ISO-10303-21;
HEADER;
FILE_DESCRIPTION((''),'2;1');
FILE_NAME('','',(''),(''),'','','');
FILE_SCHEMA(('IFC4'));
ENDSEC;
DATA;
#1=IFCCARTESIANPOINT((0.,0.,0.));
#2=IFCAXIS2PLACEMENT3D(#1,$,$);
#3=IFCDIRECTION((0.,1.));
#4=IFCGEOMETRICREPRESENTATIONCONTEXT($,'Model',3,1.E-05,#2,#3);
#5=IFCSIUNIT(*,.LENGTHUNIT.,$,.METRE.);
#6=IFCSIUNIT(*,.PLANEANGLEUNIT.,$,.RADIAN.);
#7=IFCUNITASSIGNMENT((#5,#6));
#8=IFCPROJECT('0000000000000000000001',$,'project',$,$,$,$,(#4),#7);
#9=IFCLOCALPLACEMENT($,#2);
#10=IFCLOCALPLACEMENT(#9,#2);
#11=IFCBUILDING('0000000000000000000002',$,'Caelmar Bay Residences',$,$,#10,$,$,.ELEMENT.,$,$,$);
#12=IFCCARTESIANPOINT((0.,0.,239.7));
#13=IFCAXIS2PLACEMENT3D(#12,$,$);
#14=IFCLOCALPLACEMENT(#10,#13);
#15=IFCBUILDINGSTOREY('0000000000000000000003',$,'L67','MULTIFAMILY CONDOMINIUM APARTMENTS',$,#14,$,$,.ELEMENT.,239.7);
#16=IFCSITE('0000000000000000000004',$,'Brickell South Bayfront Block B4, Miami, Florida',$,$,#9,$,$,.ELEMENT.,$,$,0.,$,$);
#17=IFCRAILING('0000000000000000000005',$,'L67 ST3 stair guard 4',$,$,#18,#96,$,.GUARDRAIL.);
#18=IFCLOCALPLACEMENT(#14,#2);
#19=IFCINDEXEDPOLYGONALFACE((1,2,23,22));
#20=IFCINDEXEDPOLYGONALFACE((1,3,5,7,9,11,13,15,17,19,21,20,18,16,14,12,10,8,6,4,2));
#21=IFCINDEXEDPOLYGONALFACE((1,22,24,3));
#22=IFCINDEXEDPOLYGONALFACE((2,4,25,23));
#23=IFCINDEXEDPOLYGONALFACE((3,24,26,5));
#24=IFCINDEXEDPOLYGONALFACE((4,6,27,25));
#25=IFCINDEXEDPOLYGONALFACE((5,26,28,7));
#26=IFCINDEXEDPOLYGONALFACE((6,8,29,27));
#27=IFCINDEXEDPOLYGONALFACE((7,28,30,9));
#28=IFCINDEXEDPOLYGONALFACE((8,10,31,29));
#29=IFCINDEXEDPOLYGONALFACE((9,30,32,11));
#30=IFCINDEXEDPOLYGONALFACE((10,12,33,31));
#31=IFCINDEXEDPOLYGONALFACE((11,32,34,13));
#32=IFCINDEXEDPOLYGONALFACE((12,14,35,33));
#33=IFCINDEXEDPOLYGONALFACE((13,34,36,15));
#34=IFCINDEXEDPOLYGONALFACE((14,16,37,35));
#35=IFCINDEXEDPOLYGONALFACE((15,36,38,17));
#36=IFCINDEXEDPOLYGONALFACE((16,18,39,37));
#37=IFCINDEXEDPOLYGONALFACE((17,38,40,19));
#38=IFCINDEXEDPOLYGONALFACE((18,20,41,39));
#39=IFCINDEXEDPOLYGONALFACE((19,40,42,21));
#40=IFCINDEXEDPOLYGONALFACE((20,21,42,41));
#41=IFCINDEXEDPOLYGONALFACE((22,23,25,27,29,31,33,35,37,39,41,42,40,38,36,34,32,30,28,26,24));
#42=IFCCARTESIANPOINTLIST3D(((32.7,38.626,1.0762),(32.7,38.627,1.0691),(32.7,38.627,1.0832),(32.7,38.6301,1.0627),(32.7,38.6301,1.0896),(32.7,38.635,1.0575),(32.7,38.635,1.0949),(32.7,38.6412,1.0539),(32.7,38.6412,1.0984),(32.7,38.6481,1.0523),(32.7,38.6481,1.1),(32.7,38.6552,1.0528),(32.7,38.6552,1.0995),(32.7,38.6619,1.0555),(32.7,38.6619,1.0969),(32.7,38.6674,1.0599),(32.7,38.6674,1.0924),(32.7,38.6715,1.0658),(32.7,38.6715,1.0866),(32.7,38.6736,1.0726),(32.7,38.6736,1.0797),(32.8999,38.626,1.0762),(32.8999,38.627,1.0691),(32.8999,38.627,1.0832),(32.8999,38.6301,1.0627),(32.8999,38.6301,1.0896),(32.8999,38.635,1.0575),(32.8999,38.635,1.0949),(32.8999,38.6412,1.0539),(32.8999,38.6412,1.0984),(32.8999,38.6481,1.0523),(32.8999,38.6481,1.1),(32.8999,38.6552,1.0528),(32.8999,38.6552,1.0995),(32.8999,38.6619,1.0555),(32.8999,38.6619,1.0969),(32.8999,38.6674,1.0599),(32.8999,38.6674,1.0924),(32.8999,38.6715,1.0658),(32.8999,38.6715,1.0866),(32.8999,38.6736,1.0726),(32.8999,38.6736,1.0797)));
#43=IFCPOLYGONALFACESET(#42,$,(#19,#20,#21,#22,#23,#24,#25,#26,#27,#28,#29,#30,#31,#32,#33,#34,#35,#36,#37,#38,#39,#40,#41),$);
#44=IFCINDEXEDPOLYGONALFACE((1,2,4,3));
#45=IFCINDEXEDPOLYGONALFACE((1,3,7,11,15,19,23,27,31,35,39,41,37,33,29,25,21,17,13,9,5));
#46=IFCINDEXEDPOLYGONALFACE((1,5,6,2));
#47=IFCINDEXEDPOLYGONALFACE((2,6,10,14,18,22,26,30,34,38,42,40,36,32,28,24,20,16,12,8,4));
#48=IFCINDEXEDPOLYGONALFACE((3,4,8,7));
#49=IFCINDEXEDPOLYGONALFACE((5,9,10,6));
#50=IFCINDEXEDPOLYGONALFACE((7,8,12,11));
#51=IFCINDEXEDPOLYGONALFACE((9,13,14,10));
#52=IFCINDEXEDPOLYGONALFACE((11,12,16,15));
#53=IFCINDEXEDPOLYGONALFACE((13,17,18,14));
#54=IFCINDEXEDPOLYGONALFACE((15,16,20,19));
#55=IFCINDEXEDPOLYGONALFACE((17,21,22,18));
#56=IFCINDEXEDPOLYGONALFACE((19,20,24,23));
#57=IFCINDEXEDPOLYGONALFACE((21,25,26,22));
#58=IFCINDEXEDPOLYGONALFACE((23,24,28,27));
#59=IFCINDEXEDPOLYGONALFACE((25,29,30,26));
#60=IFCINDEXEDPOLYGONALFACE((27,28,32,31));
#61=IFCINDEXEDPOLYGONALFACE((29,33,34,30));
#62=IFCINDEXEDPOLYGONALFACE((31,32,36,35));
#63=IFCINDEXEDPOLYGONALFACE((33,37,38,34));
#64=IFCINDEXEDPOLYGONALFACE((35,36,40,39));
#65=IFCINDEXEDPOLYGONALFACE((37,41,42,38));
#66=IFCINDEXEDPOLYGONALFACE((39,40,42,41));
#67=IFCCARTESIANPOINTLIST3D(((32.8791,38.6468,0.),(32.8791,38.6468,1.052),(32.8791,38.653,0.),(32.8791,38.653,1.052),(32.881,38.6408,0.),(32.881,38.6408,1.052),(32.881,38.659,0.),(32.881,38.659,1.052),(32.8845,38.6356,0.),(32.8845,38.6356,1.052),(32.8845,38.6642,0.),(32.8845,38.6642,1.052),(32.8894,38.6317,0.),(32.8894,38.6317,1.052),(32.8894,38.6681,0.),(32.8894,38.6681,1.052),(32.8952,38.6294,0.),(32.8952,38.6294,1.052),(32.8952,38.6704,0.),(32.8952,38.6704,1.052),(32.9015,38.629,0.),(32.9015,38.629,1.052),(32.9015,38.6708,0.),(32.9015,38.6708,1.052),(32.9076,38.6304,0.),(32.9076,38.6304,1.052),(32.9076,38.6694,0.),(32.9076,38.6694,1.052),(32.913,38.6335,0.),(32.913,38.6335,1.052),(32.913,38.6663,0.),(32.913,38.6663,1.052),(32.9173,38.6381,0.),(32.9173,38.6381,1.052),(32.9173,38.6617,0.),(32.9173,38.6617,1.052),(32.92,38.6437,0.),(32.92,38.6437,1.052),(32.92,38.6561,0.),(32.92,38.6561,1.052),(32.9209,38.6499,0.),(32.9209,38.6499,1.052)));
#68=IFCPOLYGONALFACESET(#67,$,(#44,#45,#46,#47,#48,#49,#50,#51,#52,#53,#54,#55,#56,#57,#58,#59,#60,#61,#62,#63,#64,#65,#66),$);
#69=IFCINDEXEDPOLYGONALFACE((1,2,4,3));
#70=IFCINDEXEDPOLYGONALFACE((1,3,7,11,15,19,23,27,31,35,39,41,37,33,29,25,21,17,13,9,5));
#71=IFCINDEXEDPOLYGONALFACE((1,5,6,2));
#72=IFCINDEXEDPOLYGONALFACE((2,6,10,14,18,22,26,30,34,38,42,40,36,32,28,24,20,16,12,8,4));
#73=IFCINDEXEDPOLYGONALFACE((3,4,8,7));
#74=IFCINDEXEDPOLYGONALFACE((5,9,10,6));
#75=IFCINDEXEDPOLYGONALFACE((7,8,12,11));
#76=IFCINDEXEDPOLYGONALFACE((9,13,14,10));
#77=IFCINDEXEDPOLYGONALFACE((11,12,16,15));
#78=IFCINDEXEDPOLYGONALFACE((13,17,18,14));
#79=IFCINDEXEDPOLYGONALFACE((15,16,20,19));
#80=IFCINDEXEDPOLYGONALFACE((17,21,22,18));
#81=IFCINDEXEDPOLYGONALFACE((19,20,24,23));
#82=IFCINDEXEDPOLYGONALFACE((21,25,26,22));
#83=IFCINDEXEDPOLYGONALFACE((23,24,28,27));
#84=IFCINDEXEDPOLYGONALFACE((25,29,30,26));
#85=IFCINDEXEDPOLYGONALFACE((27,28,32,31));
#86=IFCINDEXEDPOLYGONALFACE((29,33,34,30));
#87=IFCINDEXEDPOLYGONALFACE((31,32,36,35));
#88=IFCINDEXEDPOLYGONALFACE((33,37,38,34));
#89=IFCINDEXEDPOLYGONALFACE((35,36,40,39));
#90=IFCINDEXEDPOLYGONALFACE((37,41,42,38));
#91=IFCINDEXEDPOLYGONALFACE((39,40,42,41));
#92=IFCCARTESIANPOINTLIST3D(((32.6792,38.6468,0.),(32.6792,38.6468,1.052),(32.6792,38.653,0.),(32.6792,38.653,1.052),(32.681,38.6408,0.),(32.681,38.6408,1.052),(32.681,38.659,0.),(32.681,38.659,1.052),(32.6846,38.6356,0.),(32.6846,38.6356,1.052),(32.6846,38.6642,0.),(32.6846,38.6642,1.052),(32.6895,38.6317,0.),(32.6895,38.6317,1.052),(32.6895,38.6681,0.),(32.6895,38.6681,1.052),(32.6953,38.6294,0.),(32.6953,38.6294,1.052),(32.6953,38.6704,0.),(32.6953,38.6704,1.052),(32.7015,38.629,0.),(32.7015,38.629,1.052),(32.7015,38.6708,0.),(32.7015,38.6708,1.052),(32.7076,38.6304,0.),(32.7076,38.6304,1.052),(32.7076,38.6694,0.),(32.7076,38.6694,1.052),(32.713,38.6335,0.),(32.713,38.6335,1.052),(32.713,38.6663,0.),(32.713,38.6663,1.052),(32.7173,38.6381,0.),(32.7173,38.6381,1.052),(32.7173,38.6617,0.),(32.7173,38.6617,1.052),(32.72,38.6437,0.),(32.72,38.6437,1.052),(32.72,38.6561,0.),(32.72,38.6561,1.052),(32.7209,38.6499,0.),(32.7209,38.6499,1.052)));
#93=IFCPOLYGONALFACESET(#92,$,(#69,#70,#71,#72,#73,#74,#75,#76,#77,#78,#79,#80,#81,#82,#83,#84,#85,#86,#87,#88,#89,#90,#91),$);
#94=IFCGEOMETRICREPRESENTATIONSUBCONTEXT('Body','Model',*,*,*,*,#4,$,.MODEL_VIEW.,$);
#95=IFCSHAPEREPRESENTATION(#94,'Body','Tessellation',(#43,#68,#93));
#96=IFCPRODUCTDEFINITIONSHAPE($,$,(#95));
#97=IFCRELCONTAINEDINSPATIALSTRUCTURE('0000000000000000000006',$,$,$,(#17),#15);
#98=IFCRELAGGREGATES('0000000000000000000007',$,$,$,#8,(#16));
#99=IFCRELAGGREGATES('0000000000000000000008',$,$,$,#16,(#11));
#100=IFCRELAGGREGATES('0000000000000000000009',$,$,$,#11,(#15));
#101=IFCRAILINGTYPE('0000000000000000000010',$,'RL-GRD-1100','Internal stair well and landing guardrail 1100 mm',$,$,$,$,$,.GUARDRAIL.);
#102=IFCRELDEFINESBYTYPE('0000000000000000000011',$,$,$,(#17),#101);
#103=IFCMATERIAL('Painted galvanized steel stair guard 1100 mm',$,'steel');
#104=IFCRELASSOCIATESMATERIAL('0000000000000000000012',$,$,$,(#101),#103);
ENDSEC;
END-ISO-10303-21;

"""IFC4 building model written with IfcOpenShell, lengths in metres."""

from ifc_helpers import new_model, si_unit, direction, frame, origin, origin_2d, place, context, subcontext, project, spatial, circle, extrude, material, type_object, element, save


model = new_model("IFC4")

# Units and contexts
model_context = context("Model", 3, precision=1e-05, world=origin(), true_north=direction((0.0, 1.0)))
body_context = subcontext(model_context, "Body", "Model", "MODEL_VIEW")
ifc_project = project(units=[si_unit("LENGTHUNIT", "METRE"), si_unit("PLANEANGLEUNIT", "RADIAN")], contexts=[model_context])

# Site, building, storey
site_placement = place(None, origin())
site = spatial("IfcSite", under=ifc_project, at=site_placement, Name="Brickell South Bayfront Block B4, Miami, Florida", CompositionType="ELEMENT", RefElevation=0.0)
building_placement = place(site_placement, origin())
building = spatial("IfcBuilding", under=site, at=building_placement, Name="Caelmar Bay Residences", CompositionType="ELEMENT")
storey_placement = place(building_placement, frame((0.0, 0.0, 239.7)))
storey = spatial("IfcBuildingStorey", under=building, at=storey_placement, Name="L67", Description="MULTIFAMILY CONDOMINIUM APARTMENTS", CompositionType="ELEMENT", Elevation=239.7)

# Railing
ifc_material_1 = material(Name="Painted galvanized steel stair guard 1100 mm", Category="steel")
railing_type_1 = type_object("IfcRailingType", Name="RL-GRD-1100", Description="Internal stair well and landing guardrail 1100 mm", PredefinedType="GUARDRAIL", material=ifc_material_1)
railing_1_placement = place(storey_placement, frame((32.8999, 38.6499, 0.0)))
element("IfcRailing", 1, at=railing_1_placement, inside=storey, type_object=railing_type_1, Name="L67 ST3 stair guard 4", PredefinedType="GUARDRAIL", context=body_context, shape_type="SweptSolid", body=[
    extrude(circle(Radius=0.0239, at=origin_2d()), frame((0.0, 0.0, 1.0762), z_axis=(-1.0, 0.0, 0.0), x_axis=(0.0, -1.0, 0.0)), (0.0, 0.0, 1.0), 0.2),
    extrude(circle(Radius=0.021, at=origin_2d()), origin(), (0.0, 0.0, 1.0), 1.052),
    extrude(circle(Radius=0.021, at=origin_2d()), frame((-0.2, 0.0, 0.0)), (0.0, 0.0, 1.0), 1.052),
])

save(model, "model.ifc")
